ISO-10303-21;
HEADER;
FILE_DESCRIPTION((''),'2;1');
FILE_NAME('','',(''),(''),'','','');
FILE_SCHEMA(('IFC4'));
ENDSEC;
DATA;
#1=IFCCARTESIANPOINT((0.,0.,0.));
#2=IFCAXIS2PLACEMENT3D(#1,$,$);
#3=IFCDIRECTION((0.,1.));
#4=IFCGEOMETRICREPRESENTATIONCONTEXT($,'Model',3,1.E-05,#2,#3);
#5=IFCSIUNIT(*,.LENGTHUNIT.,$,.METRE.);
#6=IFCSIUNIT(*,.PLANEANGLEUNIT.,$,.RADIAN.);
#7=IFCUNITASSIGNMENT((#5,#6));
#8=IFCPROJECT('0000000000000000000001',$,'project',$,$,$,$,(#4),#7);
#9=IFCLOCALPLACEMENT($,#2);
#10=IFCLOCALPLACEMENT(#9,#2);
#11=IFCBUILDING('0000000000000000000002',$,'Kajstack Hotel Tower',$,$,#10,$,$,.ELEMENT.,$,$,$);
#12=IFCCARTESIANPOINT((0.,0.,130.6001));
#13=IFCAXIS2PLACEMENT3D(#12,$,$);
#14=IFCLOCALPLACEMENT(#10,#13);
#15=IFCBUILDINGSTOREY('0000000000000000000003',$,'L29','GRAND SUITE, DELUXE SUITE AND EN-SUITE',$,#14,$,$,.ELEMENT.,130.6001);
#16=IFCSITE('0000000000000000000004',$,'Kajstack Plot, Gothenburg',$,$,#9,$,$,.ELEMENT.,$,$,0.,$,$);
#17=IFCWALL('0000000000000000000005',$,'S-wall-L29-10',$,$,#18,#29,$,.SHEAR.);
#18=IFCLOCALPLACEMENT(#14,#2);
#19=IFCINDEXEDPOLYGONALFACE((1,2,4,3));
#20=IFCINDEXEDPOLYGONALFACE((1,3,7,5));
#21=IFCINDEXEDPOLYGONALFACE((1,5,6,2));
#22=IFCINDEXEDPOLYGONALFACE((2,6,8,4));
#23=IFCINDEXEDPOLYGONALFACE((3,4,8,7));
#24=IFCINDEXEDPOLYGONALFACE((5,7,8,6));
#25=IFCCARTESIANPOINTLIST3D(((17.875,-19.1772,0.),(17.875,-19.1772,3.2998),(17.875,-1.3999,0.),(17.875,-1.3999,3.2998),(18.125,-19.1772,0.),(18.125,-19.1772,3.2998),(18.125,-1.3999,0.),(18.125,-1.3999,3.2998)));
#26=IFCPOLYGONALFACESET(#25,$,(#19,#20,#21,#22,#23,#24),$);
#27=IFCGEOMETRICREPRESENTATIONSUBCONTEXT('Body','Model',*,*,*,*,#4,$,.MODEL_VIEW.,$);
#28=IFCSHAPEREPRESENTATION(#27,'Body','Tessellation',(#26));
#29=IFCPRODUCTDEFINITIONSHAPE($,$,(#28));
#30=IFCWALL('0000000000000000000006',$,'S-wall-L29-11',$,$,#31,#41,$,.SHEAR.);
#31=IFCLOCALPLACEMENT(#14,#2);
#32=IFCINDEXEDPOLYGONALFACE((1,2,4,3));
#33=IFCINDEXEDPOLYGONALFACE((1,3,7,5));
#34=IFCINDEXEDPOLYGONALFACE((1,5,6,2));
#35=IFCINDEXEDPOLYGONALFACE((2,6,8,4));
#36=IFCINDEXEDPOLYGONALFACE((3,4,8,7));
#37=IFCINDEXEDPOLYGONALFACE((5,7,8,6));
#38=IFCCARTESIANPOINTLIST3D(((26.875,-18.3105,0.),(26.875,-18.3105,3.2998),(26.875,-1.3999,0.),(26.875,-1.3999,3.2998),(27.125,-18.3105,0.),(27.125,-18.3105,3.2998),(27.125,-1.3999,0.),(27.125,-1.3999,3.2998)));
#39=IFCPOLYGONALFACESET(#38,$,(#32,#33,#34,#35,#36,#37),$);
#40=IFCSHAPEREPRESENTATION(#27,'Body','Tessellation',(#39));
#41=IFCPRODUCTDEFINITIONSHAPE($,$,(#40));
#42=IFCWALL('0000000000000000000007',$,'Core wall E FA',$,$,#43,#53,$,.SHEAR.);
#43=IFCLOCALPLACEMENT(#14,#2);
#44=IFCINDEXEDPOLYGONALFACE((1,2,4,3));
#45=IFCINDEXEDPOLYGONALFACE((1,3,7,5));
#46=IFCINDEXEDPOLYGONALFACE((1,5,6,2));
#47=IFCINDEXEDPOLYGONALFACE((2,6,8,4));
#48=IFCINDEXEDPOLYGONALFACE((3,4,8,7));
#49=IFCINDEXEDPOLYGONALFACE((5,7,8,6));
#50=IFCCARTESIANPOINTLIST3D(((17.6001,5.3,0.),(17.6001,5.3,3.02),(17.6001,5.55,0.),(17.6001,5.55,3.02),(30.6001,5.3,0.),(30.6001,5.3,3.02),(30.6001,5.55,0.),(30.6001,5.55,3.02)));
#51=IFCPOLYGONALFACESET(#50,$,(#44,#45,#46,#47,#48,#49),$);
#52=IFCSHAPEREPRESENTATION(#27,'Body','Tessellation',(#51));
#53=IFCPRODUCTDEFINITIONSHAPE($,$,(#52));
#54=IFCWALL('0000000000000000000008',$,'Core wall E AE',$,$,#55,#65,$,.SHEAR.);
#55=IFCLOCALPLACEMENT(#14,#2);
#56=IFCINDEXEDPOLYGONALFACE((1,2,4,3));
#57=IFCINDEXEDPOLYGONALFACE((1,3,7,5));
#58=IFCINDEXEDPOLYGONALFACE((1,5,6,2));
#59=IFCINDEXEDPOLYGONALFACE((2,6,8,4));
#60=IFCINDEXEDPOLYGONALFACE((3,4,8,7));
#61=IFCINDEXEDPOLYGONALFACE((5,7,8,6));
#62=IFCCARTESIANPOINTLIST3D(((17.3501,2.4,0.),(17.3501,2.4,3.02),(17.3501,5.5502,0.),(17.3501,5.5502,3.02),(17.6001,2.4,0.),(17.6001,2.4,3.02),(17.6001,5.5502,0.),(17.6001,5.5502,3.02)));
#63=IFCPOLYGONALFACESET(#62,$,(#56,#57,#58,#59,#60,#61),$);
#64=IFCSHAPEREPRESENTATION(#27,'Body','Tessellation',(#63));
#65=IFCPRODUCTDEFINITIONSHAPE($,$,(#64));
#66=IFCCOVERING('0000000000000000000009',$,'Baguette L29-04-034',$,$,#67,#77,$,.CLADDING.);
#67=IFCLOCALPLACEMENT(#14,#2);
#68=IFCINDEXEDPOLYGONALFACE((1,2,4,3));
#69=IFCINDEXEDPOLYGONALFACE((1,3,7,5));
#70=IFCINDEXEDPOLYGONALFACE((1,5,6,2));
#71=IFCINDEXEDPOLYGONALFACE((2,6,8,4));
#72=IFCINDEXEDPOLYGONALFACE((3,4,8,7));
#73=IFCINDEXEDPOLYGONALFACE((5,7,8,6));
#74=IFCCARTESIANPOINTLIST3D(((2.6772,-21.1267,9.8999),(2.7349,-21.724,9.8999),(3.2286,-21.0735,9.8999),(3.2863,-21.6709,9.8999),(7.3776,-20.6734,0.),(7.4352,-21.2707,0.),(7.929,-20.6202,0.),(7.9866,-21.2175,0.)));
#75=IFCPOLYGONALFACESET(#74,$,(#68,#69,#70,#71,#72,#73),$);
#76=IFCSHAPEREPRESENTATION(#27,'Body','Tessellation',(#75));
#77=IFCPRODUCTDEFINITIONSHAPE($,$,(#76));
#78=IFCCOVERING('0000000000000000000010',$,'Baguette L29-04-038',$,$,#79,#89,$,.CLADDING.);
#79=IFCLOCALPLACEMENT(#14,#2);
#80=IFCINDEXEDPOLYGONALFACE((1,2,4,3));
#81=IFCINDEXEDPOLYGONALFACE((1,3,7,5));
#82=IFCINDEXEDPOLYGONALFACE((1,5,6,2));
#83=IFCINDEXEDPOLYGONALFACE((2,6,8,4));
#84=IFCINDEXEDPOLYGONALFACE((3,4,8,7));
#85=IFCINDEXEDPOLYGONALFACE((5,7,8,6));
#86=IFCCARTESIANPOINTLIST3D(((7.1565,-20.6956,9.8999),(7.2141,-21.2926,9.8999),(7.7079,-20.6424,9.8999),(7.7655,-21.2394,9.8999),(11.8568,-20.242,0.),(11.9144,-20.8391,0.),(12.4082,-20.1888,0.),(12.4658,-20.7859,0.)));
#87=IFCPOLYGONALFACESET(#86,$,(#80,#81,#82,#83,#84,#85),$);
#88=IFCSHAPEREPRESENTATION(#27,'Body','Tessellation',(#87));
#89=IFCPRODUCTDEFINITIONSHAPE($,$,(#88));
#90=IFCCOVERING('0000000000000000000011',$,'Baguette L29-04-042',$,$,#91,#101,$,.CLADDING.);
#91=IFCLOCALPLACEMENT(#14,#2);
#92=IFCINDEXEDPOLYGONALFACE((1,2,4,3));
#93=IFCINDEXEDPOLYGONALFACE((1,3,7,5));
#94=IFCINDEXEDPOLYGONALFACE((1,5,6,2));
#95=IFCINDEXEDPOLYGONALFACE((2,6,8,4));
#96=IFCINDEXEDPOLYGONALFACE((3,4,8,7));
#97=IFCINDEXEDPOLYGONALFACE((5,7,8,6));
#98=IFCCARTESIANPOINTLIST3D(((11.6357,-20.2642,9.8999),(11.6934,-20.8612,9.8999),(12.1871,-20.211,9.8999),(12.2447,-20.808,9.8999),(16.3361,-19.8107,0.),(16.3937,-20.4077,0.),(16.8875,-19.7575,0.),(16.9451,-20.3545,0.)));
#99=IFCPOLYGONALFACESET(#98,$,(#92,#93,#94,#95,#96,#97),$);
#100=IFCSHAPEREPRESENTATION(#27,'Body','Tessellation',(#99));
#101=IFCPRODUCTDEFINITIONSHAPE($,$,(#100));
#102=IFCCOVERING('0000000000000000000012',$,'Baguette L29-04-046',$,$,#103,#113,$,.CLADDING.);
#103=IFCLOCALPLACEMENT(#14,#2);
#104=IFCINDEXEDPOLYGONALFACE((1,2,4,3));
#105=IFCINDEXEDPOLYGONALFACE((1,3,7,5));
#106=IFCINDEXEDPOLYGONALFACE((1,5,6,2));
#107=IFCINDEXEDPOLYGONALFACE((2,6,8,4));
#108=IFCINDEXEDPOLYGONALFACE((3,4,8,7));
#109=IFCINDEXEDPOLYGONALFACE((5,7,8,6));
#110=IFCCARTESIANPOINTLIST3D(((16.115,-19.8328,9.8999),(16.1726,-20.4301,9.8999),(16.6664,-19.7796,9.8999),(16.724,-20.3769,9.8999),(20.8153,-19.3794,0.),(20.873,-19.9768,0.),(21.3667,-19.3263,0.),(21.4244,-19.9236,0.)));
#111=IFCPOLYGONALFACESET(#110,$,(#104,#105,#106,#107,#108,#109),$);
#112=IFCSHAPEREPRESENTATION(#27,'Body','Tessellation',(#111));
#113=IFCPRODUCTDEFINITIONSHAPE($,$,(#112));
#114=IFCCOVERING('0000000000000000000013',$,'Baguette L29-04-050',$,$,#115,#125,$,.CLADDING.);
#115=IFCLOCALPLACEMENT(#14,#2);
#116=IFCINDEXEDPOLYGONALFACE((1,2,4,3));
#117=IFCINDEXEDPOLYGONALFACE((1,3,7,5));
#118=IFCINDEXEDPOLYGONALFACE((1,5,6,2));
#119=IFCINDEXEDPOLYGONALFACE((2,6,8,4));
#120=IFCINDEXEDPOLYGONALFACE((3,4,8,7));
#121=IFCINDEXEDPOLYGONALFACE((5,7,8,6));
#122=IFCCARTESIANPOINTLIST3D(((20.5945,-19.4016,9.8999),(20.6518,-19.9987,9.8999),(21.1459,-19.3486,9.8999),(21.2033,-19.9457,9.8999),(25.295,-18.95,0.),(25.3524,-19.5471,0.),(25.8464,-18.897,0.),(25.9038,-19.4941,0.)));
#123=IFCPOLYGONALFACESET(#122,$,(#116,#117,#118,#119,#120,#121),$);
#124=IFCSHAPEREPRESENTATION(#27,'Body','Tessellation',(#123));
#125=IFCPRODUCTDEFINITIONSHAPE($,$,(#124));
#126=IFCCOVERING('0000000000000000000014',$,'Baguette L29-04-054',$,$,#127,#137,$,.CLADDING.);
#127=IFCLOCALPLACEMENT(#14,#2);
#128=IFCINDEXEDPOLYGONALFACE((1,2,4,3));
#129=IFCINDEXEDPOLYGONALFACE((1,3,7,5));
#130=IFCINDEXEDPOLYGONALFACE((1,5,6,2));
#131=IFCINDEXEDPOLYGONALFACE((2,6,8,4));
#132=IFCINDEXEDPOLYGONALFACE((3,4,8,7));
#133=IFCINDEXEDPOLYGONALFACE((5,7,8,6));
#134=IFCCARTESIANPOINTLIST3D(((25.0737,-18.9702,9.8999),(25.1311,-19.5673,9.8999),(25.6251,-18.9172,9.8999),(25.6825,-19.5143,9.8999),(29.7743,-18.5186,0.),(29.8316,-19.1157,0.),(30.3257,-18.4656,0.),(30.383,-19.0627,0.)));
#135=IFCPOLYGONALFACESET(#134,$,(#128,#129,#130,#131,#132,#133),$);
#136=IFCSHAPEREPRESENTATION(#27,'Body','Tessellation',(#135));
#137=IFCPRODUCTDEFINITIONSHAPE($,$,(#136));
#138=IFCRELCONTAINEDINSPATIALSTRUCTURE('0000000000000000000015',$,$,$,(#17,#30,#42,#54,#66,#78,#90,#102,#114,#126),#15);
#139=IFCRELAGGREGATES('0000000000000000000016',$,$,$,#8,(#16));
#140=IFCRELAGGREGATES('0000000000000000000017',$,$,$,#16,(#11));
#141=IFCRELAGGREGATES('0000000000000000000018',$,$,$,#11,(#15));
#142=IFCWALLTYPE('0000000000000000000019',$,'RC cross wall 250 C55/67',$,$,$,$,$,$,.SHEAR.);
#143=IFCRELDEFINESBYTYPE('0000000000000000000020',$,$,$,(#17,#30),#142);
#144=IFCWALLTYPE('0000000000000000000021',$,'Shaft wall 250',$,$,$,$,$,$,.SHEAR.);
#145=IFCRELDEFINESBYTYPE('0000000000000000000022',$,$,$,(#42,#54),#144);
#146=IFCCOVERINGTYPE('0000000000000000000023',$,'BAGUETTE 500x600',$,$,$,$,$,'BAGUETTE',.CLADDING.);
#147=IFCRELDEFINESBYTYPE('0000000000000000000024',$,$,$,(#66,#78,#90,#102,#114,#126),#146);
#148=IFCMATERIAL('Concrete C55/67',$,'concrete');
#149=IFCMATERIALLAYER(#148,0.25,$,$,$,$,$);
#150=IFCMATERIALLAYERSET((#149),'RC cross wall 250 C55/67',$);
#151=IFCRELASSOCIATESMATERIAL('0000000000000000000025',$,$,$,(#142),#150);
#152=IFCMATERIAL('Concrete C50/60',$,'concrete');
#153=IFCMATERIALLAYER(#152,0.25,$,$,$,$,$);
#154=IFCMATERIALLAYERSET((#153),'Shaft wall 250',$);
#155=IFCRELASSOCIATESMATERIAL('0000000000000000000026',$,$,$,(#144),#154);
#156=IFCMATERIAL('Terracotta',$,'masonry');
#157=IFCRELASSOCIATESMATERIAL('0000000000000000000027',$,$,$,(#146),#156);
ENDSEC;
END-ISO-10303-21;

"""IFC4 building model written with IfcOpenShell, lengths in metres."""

from ifc_helpers import new_model, si_unit, direction, frame, frame_2d, origin, origin_2d, place, context, subcontext, project, spatial, polyline, rectangle, outline, extrude, material, layer, layer_set, material_profile, profile_set, type_object, element, save


model = new_model("IFC4")

# Units and contexts
model_context = context("Model", 3, precision=1e-05, world=origin(), true_north=direction((0.0, 1.0)))
body_context = subcontext(model_context, "Body", "Model", "MODEL_VIEW")
ifc_project = project(units=[si_unit("LENGTHUNIT", "METRE"), si_unit("PLANEANGLEUNIT", "RADIAN")], contexts=[model_context])

# Site, building, storey
site_placement = place(None, origin())
site = spatial("IfcSite", under=ifc_project, at=site_placement, Name="Kajstack Plot, Gothenburg", CompositionType="ELEMENT", RefElevation=0.0)
building_placement = place(site_placement, origin())
building = spatial("IfcBuilding", under=site, at=building_placement, Name="Kajstack Hotel Tower", CompositionType="ELEMENT")
storey_placement = place(building_placement, frame((0.0, 0.0, 130.6001)))
storey = spatial("IfcBuildingStorey", under=building, at=storey_placement, Name="L29", Description="GRAND SUITE, DELUXE SUITE AND EN-SUITE", CompositionType="ELEMENT", Elevation=130.6001)

# Walls
ifc_material_1 = material(Name="Concrete C50/60", Category="concrete")
ifc_material_2 = material(Name="Concrete C55/67", Category="concrete")
ifc_layer_1 = layer(ifc_material_2, 0.25)
ifc_layer_set_1 = layer_set([ifc_layer_1], Name="RC cross wall 250 C55/67")
wall_type_1 = type_object("IfcWallType", Name="RC cross wall 250 C55/67", PredefinedType="SHEAR", material=ifc_layer_set_1)
wall_1_placement = place(storey_placement, frame((18.0, -19.1772, 0.0), z_axis=(0.0, 0.0, 1.0), x_axis=(0.0, 1.0, 0.0)))
element("IfcWall", 1, at=wall_1_placement, inside=storey, type_object=wall_type_1, Name="S-wall-L29-10", PredefinedType="SHEAR", context=body_context, shape_type="SweptSolid", body=[
    extrude(rectangle(XDim=17.7773, YDim=0.25, at=frame_2d((8.8887, 0.0))), origin(), (0.0, 0.0, 1.0), 3.2998),
])
wall_2_placement = place(storey_placement, frame((27.0, -18.3105, 0.0), z_axis=(0.0, 0.0, 1.0), x_axis=(0.0, 1.0, 0.0)))
element("IfcWall", 2, at=wall_2_placement, inside=storey, type_object=wall_type_1, Name="S-wall-L29-11", PredefinedType="SHEAR", context=body_context, shape_type="SweptSolid", body=[
    extrude(rectangle(XDim=16.9106, YDim=0.25, at=frame_2d((8.4553, 0.0))), origin(), (0.0, 0.0, 1.0), 3.2998),
])
ifc_layer_2 = layer(ifc_material_1, 0.25)
ifc_layer_set_2 = layer_set([ifc_layer_2], Name="Shaft wall 250")
wall_type_2 = type_object("IfcWallType", Name="Shaft wall 250", PredefinedType="SHEAR", material=ifc_layer_set_2)
wall_3_placement = place(storey_placement, frame((17.6001, 5.425, 0.0), z_axis=(0.0, 0.0, 1.0), x_axis=(1.0, 0.0, 0.0)))
element("IfcWall", 3, at=wall_3_placement, inside=storey, type_object=wall_type_2, Name="Core wall E FA", PredefinedType="SHEAR", context=body_context, shape_type="SweptSolid", body=[
    extrude(rectangle(XDim=13.0, YDim=0.25, at=frame_2d((6.5, 0.0))), origin(), (0.0, 0.0, 1.0), 3.02),
])
wall_4_placement = place(storey_placement, frame((17.4751, 2.3999, 0.0), z_axis=(0.0, 0.0, 1.0), x_axis=(0.0, 1.0, 0.0)))
element("IfcWall", 4, at=wall_4_placement, inside=storey, type_object=wall_type_2, Name="Core wall E AE", PredefinedType="SHEAR", context=body_context, shape_type="SweptSolid", body=[
    extrude(rectangle(XDim=3.1501, YDim=0.25, at=frame_2d((1.5752, 0.0))), origin(), (0.0, 0.0, 1.0), 3.02),
])

# Coverings
ifc_material_3 = material(Name="Terracotta", Category="masonry")
ifc_material_profile = material_profile(ifc_material_3, rectangle(XDim=0.6001, YDim=0.5, at=origin_2d()), Name="Terracotta-clad concrete baguette 500 x 600")
ifc_profile_set = profile_set([ifc_material_profile], Name="Terracotta")
covering_type = type_object("IfcCoveringType", Name="BAGUETTE 500x600", ElementType="BAGUETTE", PredefinedType="CLADDING", material=ifc_profile_set)
covering_1_placement = place(storey_placement, frame((2.6772, -21.1267, 0.0), z_axis=(0.095999, -0.995381, 0.0), x_axis=(0.995381, 0.095999, 0.0)))
element("IfcCovering", 5, at=covering_1_placement, inside=storey, type_object=covering_type, Name="Baguette L29-04-034", PredefinedType="CLADDING", context=body_context, shape_type="SweptSolid", body=[
    extrude(outline(polyline([(0.0, 9.8999), (4.7222, 0.0), (5.2761, 0.0), (0.554, 9.8999), (0.0, 9.8999)])), origin(), (0.0, 0.0, 1.0), 0.6001),
])
for number, where, z_axis, x_axis, name in (
    (6, (7.1565, -20.6956, 0.0), (0.096038, -0.995378, 0.0), (0.995378, 0.096038, 0.0), "Baguette L29-04-038"),
    (7, (11.6357, -20.2642, 0.0), (0.096038, -0.995378, 0.0), (0.995378, 0.096038, 0.0), "Baguette L29-04-042"),
):
    element("IfcCovering", number, at=place(storey_placement, frame(where, z_axis=z_axis, x_axis=x_axis)), inside=storey, type_object=covering_type, Name=name, PredefinedType="CLADDING", context=body_context, shape_type="SweptSolid", body=[
        extrude(outline(polyline([(0.0, 9.8999), (4.7222, 0.0), (5.2761, 0.0), (0.554, 9.8999), (0.0, 9.8999)])), origin(), (0.0, 0.0, 1.0), 0.5999),
    ])
covering_2_placement = place(storey_placement, frame((16.115, -19.8328, 0.0), z_axis=(0.095999, -0.995381, 0.0), x_axis=(0.995381, 0.095999, 0.0)))
element("IfcCovering", 8, at=covering_2_placement, inside=storey, type_object=covering_type, Name="Baguette L29-04-046", PredefinedType="CLADDING", context=body_context, shape_type="SweptSolid", body=[
    extrude(outline(polyline([(0.0, 9.8999), (4.7222, 0.0), (5.2761, 0.0), (0.554, 9.8999), (0.0, 9.8999)])), origin(), (0.0, 0.0, 1.0), 0.6001),
])
for number, where, z_axis, x_axis, name in (
    (9, (20.5945, -19.4016, 0.0), (0.095635, -0.995416, 0.0), (0.995416, 0.095635, 0.0), "Baguette L29-04-050"),
    (10, (25.0737, -18.9702, 0.0), (0.095635, -0.995416, 0.0), (0.995416, 0.095635, 0.0), "Baguette L29-04-054"),
):
    element("IfcCovering", number, at=place(storey_placement, frame(where, z_axis=z_axis, x_axis=x_axis)), inside=storey, type_object=covering_type, Name=name, PredefinedType="CLADDING", context=body_context, shape_type="SweptSolid", body=[
        extrude(outline(polyline([(0.0, 9.8999), (4.7222, 0.0), (5.2761, 0.0), (0.554, 9.8999), (0.0, 9.8999)])), origin(), (0.0, 0.0, 1.0), 0.5999),
    ])

save(model, "model.ifc")
